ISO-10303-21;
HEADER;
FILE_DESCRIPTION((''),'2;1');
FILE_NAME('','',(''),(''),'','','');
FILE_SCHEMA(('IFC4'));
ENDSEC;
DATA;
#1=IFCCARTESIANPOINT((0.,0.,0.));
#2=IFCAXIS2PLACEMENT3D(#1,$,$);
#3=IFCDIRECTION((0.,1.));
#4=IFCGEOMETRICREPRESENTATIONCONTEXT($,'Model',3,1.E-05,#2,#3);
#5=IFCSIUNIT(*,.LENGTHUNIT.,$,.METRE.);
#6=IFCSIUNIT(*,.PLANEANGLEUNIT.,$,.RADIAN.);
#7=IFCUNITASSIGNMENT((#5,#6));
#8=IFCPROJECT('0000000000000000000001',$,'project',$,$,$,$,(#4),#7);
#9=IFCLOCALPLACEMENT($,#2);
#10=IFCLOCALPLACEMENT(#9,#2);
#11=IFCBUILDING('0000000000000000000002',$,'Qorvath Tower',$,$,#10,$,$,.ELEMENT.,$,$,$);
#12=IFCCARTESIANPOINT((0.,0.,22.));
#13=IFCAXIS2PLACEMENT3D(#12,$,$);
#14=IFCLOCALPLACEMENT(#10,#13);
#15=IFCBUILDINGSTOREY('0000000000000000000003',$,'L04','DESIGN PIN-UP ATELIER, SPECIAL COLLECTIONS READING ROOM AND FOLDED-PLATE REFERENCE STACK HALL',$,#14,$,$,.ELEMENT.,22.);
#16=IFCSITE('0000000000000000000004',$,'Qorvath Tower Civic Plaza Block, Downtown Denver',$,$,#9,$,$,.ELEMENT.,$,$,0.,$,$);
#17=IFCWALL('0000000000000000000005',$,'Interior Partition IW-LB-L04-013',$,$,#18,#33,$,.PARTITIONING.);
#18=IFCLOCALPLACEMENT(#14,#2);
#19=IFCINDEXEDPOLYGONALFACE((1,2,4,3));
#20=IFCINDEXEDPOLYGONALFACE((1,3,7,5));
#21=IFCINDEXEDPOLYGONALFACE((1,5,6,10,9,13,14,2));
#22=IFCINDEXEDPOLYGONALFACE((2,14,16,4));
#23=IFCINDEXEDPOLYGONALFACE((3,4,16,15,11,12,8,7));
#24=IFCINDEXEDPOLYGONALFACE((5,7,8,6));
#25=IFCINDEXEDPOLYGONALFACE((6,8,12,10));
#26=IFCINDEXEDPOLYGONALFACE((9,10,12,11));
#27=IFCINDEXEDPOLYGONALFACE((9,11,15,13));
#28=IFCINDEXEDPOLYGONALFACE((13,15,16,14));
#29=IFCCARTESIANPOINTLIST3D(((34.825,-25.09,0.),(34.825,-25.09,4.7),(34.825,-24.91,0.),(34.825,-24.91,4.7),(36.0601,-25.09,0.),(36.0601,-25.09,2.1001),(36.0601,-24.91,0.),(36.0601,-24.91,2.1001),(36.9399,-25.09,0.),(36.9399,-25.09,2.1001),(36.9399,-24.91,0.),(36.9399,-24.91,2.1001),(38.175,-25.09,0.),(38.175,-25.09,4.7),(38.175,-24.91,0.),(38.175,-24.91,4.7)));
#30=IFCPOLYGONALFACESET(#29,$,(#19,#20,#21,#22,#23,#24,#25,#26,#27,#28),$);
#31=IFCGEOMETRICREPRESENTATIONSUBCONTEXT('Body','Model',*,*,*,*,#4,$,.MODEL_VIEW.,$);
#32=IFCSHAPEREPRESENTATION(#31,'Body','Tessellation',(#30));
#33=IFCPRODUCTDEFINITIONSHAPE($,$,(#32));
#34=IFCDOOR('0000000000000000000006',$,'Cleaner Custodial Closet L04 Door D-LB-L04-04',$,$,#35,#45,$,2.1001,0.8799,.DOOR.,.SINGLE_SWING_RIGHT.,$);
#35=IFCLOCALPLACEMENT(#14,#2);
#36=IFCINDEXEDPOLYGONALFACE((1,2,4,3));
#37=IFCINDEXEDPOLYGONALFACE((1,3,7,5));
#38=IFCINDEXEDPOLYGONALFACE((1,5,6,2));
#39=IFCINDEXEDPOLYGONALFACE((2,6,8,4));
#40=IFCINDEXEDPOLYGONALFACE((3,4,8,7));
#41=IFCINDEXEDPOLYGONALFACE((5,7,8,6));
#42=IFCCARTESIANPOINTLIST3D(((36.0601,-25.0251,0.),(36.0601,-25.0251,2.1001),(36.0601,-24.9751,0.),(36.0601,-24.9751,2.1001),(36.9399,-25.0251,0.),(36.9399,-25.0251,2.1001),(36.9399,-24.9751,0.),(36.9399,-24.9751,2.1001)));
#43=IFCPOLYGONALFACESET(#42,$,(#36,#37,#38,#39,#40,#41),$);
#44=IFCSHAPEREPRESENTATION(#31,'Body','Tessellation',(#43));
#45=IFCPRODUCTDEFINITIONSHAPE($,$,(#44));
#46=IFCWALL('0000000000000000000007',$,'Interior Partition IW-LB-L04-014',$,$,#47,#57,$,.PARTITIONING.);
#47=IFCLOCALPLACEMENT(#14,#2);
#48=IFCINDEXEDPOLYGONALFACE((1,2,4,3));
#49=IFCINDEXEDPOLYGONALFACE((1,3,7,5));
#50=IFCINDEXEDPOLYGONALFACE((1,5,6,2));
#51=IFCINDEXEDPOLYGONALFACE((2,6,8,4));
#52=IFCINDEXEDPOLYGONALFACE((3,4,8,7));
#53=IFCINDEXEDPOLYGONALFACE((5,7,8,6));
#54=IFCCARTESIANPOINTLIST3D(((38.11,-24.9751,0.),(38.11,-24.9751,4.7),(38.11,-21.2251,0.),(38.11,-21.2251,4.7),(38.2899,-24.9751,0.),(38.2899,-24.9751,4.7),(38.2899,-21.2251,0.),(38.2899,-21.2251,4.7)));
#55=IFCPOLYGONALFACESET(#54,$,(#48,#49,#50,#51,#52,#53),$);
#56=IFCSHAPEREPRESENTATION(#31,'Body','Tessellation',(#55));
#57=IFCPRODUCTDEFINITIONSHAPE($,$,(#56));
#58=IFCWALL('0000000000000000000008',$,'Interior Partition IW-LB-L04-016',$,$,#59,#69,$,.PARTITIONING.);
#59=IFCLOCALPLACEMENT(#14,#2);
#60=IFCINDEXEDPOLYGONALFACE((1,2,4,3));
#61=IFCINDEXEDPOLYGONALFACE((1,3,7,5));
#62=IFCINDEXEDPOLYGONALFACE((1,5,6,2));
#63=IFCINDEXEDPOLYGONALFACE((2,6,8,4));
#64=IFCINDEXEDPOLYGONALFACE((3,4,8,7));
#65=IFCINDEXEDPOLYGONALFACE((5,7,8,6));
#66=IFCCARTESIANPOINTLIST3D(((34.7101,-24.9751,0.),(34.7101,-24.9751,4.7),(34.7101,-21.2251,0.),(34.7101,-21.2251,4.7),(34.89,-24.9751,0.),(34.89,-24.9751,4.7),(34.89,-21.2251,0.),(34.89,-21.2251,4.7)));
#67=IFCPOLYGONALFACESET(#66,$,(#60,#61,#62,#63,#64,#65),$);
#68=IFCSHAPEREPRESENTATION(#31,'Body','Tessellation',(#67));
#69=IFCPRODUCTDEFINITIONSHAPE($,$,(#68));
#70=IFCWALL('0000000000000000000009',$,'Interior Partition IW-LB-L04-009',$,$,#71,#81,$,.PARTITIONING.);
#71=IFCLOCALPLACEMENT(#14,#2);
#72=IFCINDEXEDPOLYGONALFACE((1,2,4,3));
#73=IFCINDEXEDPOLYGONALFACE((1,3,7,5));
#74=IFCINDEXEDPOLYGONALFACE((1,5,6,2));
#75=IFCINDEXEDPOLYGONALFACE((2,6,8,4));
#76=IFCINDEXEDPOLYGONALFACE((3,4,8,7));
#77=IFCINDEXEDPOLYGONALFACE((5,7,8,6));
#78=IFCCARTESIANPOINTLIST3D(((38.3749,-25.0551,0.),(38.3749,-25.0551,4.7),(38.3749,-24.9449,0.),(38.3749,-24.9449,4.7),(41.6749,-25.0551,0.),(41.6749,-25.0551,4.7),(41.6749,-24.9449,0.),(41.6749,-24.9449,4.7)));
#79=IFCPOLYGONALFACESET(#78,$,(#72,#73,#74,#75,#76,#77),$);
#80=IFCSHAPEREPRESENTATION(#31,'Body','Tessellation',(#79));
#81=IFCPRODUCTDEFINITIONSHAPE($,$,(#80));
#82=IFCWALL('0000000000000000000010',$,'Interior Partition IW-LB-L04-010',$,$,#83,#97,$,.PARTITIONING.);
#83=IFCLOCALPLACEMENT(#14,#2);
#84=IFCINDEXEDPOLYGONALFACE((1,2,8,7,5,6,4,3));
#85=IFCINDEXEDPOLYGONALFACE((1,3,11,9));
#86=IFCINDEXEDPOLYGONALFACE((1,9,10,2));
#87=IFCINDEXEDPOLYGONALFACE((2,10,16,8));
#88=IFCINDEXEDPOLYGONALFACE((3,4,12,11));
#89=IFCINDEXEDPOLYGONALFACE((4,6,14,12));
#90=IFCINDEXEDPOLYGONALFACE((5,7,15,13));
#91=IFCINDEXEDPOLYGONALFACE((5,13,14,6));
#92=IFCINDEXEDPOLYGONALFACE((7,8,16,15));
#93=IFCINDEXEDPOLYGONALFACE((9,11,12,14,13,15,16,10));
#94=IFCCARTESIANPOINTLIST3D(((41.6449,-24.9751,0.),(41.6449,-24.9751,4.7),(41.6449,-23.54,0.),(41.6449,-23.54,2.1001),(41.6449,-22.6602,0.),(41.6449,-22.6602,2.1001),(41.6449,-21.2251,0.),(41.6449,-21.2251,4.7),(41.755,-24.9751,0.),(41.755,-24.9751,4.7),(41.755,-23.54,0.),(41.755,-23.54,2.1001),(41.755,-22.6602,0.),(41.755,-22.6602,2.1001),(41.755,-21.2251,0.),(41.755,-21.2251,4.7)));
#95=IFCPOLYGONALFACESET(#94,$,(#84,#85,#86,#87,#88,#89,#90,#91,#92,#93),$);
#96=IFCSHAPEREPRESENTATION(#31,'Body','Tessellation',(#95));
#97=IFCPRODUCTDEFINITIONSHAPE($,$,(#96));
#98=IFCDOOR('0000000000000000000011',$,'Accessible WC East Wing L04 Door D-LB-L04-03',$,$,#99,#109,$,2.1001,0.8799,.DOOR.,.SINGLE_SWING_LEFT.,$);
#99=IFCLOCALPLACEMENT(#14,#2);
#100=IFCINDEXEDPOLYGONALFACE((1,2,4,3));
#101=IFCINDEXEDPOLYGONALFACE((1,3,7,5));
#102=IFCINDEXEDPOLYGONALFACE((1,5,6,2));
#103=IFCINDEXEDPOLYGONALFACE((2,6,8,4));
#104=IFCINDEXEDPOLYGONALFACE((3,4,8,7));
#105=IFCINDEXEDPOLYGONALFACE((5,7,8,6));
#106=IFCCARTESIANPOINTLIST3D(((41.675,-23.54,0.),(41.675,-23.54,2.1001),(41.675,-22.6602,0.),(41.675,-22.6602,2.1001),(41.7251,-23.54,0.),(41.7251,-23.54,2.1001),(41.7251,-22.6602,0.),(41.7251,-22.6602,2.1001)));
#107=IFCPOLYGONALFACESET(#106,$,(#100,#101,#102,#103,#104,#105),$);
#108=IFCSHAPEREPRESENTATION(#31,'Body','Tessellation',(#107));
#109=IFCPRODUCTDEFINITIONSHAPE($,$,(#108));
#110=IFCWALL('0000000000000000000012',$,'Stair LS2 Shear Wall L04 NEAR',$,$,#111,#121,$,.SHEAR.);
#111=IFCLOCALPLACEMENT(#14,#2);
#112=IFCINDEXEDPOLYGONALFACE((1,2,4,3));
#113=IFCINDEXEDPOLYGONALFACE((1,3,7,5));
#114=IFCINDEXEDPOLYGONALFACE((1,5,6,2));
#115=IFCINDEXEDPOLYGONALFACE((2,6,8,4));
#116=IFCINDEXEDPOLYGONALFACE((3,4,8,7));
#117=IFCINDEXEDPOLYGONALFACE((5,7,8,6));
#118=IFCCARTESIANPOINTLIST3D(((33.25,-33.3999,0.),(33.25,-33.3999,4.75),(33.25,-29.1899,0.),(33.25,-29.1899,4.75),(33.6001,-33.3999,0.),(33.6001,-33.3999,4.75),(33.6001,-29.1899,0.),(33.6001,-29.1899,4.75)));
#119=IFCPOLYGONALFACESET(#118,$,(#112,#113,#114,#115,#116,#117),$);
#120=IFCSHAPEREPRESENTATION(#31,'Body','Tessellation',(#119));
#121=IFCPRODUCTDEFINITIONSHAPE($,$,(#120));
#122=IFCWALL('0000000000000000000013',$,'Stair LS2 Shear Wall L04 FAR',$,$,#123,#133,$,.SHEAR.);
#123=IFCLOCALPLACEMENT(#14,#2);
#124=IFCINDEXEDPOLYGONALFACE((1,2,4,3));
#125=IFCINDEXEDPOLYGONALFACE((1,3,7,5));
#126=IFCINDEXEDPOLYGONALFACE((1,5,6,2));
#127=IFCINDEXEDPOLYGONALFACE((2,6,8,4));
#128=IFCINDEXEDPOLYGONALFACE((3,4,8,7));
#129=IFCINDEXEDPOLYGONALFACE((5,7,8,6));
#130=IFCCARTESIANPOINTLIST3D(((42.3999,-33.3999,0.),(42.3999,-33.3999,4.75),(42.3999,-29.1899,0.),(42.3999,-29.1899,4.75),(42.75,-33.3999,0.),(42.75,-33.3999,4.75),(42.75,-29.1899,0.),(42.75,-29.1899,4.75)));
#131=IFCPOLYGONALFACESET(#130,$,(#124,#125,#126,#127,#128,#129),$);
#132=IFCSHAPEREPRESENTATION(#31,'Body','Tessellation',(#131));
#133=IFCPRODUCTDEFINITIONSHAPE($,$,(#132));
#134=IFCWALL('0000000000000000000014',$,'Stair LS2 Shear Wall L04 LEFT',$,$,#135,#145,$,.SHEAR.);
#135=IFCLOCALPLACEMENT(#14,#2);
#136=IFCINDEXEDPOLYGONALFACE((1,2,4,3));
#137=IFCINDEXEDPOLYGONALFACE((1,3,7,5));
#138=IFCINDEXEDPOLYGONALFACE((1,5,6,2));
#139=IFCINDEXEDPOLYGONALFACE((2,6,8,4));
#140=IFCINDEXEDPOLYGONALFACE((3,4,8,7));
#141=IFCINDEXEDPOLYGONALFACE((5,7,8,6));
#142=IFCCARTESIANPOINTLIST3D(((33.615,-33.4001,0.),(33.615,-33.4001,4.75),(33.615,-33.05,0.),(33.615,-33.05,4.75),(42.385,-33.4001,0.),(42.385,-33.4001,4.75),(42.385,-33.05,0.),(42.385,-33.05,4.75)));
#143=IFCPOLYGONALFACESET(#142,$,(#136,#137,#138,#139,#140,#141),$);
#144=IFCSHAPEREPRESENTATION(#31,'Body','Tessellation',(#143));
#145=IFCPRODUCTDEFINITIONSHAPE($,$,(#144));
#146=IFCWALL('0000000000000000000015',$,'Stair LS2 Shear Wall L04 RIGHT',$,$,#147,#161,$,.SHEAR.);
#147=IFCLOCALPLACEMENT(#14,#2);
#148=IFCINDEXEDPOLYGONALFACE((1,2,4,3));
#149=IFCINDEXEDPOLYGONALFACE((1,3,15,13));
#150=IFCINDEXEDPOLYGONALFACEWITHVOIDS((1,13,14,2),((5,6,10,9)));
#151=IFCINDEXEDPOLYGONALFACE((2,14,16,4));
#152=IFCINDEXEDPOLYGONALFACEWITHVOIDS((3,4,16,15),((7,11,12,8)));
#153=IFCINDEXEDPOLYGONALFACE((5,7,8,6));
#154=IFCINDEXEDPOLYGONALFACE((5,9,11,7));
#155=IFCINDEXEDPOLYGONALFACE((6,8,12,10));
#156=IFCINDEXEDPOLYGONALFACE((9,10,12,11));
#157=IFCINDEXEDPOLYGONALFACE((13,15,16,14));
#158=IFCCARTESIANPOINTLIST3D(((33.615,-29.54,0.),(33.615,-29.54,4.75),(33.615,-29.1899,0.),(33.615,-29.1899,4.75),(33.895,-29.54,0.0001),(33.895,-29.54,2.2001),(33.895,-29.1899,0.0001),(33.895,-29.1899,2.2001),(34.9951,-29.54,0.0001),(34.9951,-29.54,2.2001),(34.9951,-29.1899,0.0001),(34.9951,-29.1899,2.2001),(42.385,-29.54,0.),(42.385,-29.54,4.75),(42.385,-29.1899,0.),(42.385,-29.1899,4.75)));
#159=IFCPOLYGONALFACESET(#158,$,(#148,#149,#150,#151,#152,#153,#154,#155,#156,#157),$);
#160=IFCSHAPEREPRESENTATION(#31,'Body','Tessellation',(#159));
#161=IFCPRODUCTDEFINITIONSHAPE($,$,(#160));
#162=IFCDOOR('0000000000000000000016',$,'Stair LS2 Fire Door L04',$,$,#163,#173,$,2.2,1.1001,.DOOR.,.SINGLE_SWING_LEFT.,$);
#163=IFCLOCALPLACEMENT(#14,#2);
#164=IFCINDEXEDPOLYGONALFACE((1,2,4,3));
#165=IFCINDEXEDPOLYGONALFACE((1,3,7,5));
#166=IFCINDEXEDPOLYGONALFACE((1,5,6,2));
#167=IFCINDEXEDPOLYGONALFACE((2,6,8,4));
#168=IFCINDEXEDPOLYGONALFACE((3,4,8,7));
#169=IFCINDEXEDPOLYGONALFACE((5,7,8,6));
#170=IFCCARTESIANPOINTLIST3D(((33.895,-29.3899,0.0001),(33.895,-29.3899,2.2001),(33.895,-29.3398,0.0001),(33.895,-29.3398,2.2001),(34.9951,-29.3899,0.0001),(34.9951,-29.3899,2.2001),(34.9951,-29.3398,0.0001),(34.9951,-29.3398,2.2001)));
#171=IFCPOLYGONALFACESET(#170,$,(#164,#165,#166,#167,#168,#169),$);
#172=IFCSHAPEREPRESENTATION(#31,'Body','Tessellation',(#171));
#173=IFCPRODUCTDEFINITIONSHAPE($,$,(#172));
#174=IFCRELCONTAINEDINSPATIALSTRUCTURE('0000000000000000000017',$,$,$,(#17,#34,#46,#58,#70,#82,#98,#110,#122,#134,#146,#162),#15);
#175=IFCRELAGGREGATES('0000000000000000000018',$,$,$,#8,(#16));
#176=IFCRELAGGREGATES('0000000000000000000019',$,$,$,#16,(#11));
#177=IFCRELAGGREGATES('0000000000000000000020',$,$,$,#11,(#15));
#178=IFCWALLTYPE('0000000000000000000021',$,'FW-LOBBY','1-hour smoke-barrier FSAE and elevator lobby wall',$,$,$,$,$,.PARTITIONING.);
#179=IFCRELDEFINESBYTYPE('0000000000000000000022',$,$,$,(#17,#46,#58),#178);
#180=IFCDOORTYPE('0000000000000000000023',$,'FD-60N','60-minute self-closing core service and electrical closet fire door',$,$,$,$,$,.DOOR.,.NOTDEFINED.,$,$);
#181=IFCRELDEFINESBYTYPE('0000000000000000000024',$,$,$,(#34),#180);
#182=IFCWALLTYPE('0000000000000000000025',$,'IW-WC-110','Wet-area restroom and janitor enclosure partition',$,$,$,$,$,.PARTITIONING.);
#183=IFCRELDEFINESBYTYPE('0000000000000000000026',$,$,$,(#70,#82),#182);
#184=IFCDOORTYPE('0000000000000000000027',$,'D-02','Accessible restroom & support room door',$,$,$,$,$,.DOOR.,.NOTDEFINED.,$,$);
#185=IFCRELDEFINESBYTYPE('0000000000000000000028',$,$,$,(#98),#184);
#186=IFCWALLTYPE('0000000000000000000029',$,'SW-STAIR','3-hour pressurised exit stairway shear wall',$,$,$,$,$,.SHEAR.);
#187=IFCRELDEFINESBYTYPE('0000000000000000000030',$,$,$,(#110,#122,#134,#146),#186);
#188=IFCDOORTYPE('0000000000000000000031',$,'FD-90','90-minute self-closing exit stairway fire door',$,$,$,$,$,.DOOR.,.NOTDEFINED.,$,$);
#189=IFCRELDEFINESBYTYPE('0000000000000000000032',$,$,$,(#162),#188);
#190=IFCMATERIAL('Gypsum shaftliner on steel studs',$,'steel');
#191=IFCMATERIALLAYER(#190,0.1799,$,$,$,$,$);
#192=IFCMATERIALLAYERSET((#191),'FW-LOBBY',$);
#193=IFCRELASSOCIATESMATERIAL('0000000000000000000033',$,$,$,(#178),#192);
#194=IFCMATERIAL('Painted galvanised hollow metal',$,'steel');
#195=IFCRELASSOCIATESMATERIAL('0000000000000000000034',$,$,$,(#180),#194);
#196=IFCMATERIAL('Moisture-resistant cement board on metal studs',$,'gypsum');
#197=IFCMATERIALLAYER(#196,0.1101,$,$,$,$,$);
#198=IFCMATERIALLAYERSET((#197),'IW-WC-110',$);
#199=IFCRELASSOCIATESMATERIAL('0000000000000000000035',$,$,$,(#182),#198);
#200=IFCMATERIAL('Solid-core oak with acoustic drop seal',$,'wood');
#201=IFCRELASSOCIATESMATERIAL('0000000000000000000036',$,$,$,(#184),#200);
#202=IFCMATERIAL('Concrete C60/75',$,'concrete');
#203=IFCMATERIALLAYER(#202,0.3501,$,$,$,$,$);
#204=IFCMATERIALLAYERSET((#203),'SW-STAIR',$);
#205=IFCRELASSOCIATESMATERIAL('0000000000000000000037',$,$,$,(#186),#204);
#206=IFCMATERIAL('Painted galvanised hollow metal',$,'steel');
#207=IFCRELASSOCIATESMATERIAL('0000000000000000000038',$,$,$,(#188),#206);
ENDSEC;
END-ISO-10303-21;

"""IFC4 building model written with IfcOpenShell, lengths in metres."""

from ifc_helpers import new_model, si_unit, direction, frame, frame_2d, origin, place, context, subcontext, project, spatial, rectangle, extrude, material, layer, layer_set, type_object, element, fill, save


model = new_model("IFC4")

# Units and contexts
model_context = context("Model", 3, precision=1e-05, world=origin(), true_north=direction((0.0, 1.0)))
body_context = subcontext(model_context, "Body", "Model", "MODEL_VIEW")
ifc_project = project(units=[si_unit("LENGTHUNIT", "METRE"), si_unit("PLANEANGLEUNIT", "RADIAN")], contexts=[model_context])

# Site, building, storey
site_placement = place(None, origin())
site = spatial("IfcSite", under=ifc_project, at=site_placement, Name="Qorvath Tower Civic Plaza Block, Downtown Denver", CompositionType="ELEMENT", RefElevation=0.0)
building_placement = place(site_placement, origin())
building = spatial("IfcBuilding", under=site, at=building_placement, Name="Qorvath Tower", CompositionType="ELEMENT")
storey_placement = place(building_placement, frame((0.0, 0.0, 22.0)))
storey = spatial("IfcBuildingStorey", under=building, at=storey_placement, Name="L04", Description="DESIGN PIN-UP ATELIER, SPECIAL COLLECTIONS READING ROOM AND FOLDED-PLATE REFERENCE STACK HALL", CompositionType="ELEMENT", Elevation=22.0)

# Wall, opening, door
ifc_material_1 = material(Name="Gypsum shaftliner on steel studs", Category="steel")
ifc_layer_1 = layer(ifc_material_1, 0.1799)
ifc_layer_set_1 = layer_set([ifc_layer_1], Name="FW-LOBBY")
wall_type_1 = type_object("IfcWallType", Name="FW-LOBBY", Description="1-hour smoke-barrier FSAE and elevator lobby wall", PredefinedType="PARTITIONING", material=ifc_layer_set_1)
wall_1_placement = place(storey_placement, frame((34.825, -25.0, 0.0), z_axis=(0.0, 0.0, 1.0), x_axis=(1.0, 0.0, 0.0)))
wall_1 = element("IfcWall", 1, at=wall_1_placement, inside=storey, type_object=wall_type_1, Name="Interior Partition IW-LB-L04-013", PredefinedType="PARTITIONING", context=body_context, shape_type="SweptSolid", body=[
    extrude(rectangle(XDim=3.3501, YDim=0.1799, at=frame_2d((1.675, 0.0))), origin(), (0.0, 0.0, 1.0), 4.7),
])
opening_1_placement = place(wall_1_placement, frame((1.2351, 0.0, 0.0)))
opening_1 = element("IfcOpeningElement", 2, at=opening_1_placement, cuts=wall_1, PredefinedType="OPENING", context=body_context, shape_type="SweptSolid", body=[
    extrude(rectangle(XDim=0.8799, YDim=2.1001, at=frame_2d((0.4399, 1.05))), frame((0.0, 0.1001, 0.0), z_axis=(0.0, -1.0, 0.0), x_axis=(1.0, 0.0, 0.0)), (0.0, 0.0, 1.0), 0.2),
])
ifc_material_2 = material(Name="Painted galvanised hollow metal", Category="steel")
door_type_1 = type_object("IfcDoorType", Name="FD-60N", Description="60-minute self-closing core service and electrical closet fire door", OperationType="NOTDEFINED", PredefinedType="DOOR", material=ifc_material_2)
door_1_placement = place(opening_1_placement, origin())
door_1 = element("IfcDoor", 3, at=door_1_placement, inside=storey, type_object=door_type_1, Name="Cleaner Custodial Closet L04 Door D-LB-L04-04", OperationType="SINGLE_SWING_RIGHT", OverallHeight=2.1001, OverallWidth=0.8799, PredefinedType="DOOR", context=body_context, shape_type="SweptSolid", body=[
    extrude(rectangle(XDim=0.8799, YDim=2.1001, at=frame_2d((0.4399, 1.05))), frame((0.0, 0.0249, 0.0), z_axis=(0.0, -1.0, 0.0), x_axis=(1.0, 0.0, 0.0)), (0.0, 0.0, 1.0), 0.05),
])
fill(opening_1, door_1)

# Walls
for number, where, z_axis, x_axis, name in (
    (4, (38.2, -24.9751, 0.0), (0.0, 0.0, 1.0), (0.0, 1.0, 0.0), "Interior Partition IW-LB-L04-014"),
    (5, (34.8, -21.2251, 0.0), (0.0, 0.0, 1.0), (0.0, -1.0, 0.0), "Interior Partition IW-LB-L04-016"),
):
    element("IfcWall", number, at=place(storey_placement, frame(where, z_axis=z_axis, x_axis=x_axis)), inside=storey, type_object=wall_type_1, Name=name, PredefinedType="PARTITIONING", context=body_context, shape_type="SweptSolid", body=[
        extrude(rectangle(XDim=3.75, YDim=0.1799, at=frame_2d((1.875, 0.0))), origin(), (0.0, 0.0, 1.0), 4.7),
    ])
ifc_material_3 = material(Name="Moisture-resistant cement board on metal studs", Category="gypsum")
ifc_layer_2 = layer(ifc_material_3, 0.1101)
ifc_layer_set_2 = layer_set([ifc_layer_2], Name="IW-WC-110")
wall_type_2 = type_object("IfcWallType", Name="IW-WC-110", Description="Wet-area restroom and janitor enclosure partition", PredefinedType="PARTITIONING", material=ifc_layer_set_2)
wall_2_placement = place(storey_placement, frame((38.375, -25.0, 0.0), z_axis=(0.0, 0.0, 1.0), x_axis=(1.0, 0.0, 0.0)))
element("IfcWall", 6, at=wall_2_placement, inside=storey, type_object=wall_type_2, Name="Interior Partition IW-LB-L04-009", PredefinedType="PARTITIONING", context=body_context, shape_type="SweptSolid", body=[
    extrude(rectangle(XDim=3.3, YDim=0.1101, at=frame_2d((1.6499, 0.0))), origin(), (0.0, 0.0, 1.0), 4.7),
])

# Wall, opening, door
wall_3_placement = place(storey_placement, frame((41.7, -24.9751, 0.0), z_axis=(0.0, 0.0, 1.0), x_axis=(0.0, 1.0, 0.0)))
wall_3 = element("IfcWall", 7, at=wall_3_placement, inside=storey, type_object=wall_type_2, Name="Interior Partition IW-LB-L04-010", PredefinedType="PARTITIONING", context=body_context, shape_type="SweptSolid", body=[
    extrude(rectangle(XDim=3.75, YDim=0.1101, at=frame_2d((1.875, 0.0))), origin(), (0.0, 0.0, 1.0), 4.7),
])
opening_2_placement = place(wall_3_placement, frame((1.4351, 0.0, 0.0)))
opening_2 = element("IfcOpeningElement", 8, at=opening_2_placement, cuts=wall_3, PredefinedType="OPENING", context=body_context, shape_type="SweptSolid", body=[
    extrude(rectangle(XDim=0.8799, YDim=2.1001, at=frame_2d((0.4399, 1.05))), frame((0.0, 0.0649, 0.0), z_axis=(0.0, -1.0, 0.0), x_axis=(1.0, 0.0, 0.0)), (0.0, 0.0, 1.0), 0.1301),
])
ifc_material_4 = material(Name="Solid-core oak with acoustic drop seal", Category="wood")
door_type_2 = type_object("IfcDoorType", Name="D-02", Description="Accessible restroom & support room door", OperationType="NOTDEFINED", PredefinedType="DOOR", material=ifc_material_4)
door_2_placement = place(opening_2_placement, origin())
door_2 = element("IfcDoor", 9, at=door_2_placement, inside=storey, type_object=door_type_2, Name="Accessible WC East Wing L04 Door D-LB-L04-03", OperationType="SINGLE_SWING_LEFT", OverallHeight=2.1001, OverallWidth=0.8799, PredefinedType="DOOR", context=body_context, shape_type="SweptSolid", body=[
    extrude(rectangle(XDim=0.8799, YDim=2.1001, at=frame_2d((0.4399, 1.05))), frame((0.0, 0.0249, 0.0), z_axis=(0.0, -1.0, 0.0), x_axis=(1.0, 0.0, 0.0)), (0.0, 0.0, 1.0), 0.05),
])
fill(opening_2, door_2)

# Walls
ifc_material_5 = material(Name="Concrete C60/75", Category="concrete")
ifc_layer_3 = layer(ifc_material_5, 0.3501)
ifc_layer_set_3 = layer_set([ifc_layer_3], Name="SW-STAIR")
wall_type_3 = type_object("IfcWallType", Name="SW-STAIR", Description="3-hour pressurised exit stairway shear wall", PredefinedType="SHEAR", material=ifc_layer_set_3)
for number, where, z_axis, x_axis, name in (
    (10, (33.425, -29.1899, 0.0), (0.0, 0.0, 1.0), (0.0, -1.0, 0.0), "Stair LS2 Shear Wall L04 NEAR"),
    (11, (42.575, -33.3999, 0.0), (0.0, 0.0, 1.0), (0.0, 1.0, 0.0), "Stair LS2 Shear Wall L04 FAR"),
):
    element("IfcWall", number, at=place(storey_placement, frame(where, z_axis=z_axis, x_axis=x_axis)), inside=storey, type_object=wall_type_3, Name=name, PredefinedType="SHEAR", context=body_context, shape_type="SweptSolid", body=[
        extrude(rectangle(XDim=4.21, YDim=0.3501, at=frame_2d((2.105, 0.0))), origin(), (0.0, 0.0, 1.0), 4.75),
    ])
wall_4_placement = place(storey_placement, frame((33.615, -33.2251, 0.0), z_axis=(0.0, 0.0, 1.0), x_axis=(1.0, 0.0, 0.0)))
element("IfcWall", 12, at=wall_4_placement, inside=storey, type_object=wall_type_3, Name="Stair LS2 Shear Wall L04 LEFT", PredefinedType="SHEAR", context=body_context, shape_type="SweptSolid", body=[
    extrude(rectangle(XDim=8.77, YDim=0.3501, at=frame_2d((4.385, 0.0))), origin(), (0.0, 0.0, 1.0), 4.75),
])

# Wall, opening, door
wall_5_placement = place(storey_placement, frame((42.385, -29.365, 0.0), z_axis=(0.0, 0.0, 1.0), x_axis=(-1.0, 0.0, 0.0)))
wall_5 = element("IfcWall", 13, at=wall_5_placement, inside=storey, type_object=wall_type_3, Name="Stair LS2 Shear Wall L04 RIGHT", PredefinedType="SHEAR", context=body_context, shape_type="SweptSolid", body=[
    extrude(rectangle(XDim=8.77, YDim=0.3501, at=frame_2d((4.385, 0.0))), origin(), (0.0, 0.0, 1.0), 4.75),
])
opening_3_placement = place(wall_5_placement, frame((7.3899, 0.0, 0.0)))
opening_3 = element("IfcOpeningElement", 14, at=opening_3_placement, cuts=wall_5, PredefinedType="OPENING", context=body_context, shape_type="SweptSolid", body=[
    extrude(rectangle(XDim=1.1001, YDim=2.2, at=frame_2d((0.55, 1.1001))), frame((0.0, 0.1851, 0.0), z_axis=(0.0, -1.0, 0.0), x_axis=(1.0, 0.0, 0.0)), (0.0, 0.0, 1.0), 0.3701),
])
ifc_material_6 = material(Name="Painted galvanised hollow metal", Category="steel")
door_type_3 = type_object("IfcDoorType", Name="FD-90", Description="90-minute self-closing exit stairway fire door", OperationType="NOTDEFINED", PredefinedType="DOOR", material=ifc_material_6)
door_3_placement = place(opening_3_placement, origin())
door_3 = element("IfcDoor", 15, at=door_3_placement, inside=storey, type_object=door_type_3, Name="Stair LS2 Fire Door L04", OperationType="SINGLE_SWING_LEFT", OverallHeight=2.2, OverallWidth=1.1001, PredefinedType="DOOR", context=body_context, shape_type="SweptSolid", body=[
    extrude(rectangle(XDim=1.1001, YDim=2.2, at=frame_2d((0.55, 1.1001))), frame((0.0, 0.0249, 0.0), z_axis=(0.0, -1.0, 0.0), x_axis=(1.0, 0.0, 0.0)), (0.0, 0.0, 1.0), 0.05),
])
fill(opening_3, door_3)

save(model, "model.ifc")
